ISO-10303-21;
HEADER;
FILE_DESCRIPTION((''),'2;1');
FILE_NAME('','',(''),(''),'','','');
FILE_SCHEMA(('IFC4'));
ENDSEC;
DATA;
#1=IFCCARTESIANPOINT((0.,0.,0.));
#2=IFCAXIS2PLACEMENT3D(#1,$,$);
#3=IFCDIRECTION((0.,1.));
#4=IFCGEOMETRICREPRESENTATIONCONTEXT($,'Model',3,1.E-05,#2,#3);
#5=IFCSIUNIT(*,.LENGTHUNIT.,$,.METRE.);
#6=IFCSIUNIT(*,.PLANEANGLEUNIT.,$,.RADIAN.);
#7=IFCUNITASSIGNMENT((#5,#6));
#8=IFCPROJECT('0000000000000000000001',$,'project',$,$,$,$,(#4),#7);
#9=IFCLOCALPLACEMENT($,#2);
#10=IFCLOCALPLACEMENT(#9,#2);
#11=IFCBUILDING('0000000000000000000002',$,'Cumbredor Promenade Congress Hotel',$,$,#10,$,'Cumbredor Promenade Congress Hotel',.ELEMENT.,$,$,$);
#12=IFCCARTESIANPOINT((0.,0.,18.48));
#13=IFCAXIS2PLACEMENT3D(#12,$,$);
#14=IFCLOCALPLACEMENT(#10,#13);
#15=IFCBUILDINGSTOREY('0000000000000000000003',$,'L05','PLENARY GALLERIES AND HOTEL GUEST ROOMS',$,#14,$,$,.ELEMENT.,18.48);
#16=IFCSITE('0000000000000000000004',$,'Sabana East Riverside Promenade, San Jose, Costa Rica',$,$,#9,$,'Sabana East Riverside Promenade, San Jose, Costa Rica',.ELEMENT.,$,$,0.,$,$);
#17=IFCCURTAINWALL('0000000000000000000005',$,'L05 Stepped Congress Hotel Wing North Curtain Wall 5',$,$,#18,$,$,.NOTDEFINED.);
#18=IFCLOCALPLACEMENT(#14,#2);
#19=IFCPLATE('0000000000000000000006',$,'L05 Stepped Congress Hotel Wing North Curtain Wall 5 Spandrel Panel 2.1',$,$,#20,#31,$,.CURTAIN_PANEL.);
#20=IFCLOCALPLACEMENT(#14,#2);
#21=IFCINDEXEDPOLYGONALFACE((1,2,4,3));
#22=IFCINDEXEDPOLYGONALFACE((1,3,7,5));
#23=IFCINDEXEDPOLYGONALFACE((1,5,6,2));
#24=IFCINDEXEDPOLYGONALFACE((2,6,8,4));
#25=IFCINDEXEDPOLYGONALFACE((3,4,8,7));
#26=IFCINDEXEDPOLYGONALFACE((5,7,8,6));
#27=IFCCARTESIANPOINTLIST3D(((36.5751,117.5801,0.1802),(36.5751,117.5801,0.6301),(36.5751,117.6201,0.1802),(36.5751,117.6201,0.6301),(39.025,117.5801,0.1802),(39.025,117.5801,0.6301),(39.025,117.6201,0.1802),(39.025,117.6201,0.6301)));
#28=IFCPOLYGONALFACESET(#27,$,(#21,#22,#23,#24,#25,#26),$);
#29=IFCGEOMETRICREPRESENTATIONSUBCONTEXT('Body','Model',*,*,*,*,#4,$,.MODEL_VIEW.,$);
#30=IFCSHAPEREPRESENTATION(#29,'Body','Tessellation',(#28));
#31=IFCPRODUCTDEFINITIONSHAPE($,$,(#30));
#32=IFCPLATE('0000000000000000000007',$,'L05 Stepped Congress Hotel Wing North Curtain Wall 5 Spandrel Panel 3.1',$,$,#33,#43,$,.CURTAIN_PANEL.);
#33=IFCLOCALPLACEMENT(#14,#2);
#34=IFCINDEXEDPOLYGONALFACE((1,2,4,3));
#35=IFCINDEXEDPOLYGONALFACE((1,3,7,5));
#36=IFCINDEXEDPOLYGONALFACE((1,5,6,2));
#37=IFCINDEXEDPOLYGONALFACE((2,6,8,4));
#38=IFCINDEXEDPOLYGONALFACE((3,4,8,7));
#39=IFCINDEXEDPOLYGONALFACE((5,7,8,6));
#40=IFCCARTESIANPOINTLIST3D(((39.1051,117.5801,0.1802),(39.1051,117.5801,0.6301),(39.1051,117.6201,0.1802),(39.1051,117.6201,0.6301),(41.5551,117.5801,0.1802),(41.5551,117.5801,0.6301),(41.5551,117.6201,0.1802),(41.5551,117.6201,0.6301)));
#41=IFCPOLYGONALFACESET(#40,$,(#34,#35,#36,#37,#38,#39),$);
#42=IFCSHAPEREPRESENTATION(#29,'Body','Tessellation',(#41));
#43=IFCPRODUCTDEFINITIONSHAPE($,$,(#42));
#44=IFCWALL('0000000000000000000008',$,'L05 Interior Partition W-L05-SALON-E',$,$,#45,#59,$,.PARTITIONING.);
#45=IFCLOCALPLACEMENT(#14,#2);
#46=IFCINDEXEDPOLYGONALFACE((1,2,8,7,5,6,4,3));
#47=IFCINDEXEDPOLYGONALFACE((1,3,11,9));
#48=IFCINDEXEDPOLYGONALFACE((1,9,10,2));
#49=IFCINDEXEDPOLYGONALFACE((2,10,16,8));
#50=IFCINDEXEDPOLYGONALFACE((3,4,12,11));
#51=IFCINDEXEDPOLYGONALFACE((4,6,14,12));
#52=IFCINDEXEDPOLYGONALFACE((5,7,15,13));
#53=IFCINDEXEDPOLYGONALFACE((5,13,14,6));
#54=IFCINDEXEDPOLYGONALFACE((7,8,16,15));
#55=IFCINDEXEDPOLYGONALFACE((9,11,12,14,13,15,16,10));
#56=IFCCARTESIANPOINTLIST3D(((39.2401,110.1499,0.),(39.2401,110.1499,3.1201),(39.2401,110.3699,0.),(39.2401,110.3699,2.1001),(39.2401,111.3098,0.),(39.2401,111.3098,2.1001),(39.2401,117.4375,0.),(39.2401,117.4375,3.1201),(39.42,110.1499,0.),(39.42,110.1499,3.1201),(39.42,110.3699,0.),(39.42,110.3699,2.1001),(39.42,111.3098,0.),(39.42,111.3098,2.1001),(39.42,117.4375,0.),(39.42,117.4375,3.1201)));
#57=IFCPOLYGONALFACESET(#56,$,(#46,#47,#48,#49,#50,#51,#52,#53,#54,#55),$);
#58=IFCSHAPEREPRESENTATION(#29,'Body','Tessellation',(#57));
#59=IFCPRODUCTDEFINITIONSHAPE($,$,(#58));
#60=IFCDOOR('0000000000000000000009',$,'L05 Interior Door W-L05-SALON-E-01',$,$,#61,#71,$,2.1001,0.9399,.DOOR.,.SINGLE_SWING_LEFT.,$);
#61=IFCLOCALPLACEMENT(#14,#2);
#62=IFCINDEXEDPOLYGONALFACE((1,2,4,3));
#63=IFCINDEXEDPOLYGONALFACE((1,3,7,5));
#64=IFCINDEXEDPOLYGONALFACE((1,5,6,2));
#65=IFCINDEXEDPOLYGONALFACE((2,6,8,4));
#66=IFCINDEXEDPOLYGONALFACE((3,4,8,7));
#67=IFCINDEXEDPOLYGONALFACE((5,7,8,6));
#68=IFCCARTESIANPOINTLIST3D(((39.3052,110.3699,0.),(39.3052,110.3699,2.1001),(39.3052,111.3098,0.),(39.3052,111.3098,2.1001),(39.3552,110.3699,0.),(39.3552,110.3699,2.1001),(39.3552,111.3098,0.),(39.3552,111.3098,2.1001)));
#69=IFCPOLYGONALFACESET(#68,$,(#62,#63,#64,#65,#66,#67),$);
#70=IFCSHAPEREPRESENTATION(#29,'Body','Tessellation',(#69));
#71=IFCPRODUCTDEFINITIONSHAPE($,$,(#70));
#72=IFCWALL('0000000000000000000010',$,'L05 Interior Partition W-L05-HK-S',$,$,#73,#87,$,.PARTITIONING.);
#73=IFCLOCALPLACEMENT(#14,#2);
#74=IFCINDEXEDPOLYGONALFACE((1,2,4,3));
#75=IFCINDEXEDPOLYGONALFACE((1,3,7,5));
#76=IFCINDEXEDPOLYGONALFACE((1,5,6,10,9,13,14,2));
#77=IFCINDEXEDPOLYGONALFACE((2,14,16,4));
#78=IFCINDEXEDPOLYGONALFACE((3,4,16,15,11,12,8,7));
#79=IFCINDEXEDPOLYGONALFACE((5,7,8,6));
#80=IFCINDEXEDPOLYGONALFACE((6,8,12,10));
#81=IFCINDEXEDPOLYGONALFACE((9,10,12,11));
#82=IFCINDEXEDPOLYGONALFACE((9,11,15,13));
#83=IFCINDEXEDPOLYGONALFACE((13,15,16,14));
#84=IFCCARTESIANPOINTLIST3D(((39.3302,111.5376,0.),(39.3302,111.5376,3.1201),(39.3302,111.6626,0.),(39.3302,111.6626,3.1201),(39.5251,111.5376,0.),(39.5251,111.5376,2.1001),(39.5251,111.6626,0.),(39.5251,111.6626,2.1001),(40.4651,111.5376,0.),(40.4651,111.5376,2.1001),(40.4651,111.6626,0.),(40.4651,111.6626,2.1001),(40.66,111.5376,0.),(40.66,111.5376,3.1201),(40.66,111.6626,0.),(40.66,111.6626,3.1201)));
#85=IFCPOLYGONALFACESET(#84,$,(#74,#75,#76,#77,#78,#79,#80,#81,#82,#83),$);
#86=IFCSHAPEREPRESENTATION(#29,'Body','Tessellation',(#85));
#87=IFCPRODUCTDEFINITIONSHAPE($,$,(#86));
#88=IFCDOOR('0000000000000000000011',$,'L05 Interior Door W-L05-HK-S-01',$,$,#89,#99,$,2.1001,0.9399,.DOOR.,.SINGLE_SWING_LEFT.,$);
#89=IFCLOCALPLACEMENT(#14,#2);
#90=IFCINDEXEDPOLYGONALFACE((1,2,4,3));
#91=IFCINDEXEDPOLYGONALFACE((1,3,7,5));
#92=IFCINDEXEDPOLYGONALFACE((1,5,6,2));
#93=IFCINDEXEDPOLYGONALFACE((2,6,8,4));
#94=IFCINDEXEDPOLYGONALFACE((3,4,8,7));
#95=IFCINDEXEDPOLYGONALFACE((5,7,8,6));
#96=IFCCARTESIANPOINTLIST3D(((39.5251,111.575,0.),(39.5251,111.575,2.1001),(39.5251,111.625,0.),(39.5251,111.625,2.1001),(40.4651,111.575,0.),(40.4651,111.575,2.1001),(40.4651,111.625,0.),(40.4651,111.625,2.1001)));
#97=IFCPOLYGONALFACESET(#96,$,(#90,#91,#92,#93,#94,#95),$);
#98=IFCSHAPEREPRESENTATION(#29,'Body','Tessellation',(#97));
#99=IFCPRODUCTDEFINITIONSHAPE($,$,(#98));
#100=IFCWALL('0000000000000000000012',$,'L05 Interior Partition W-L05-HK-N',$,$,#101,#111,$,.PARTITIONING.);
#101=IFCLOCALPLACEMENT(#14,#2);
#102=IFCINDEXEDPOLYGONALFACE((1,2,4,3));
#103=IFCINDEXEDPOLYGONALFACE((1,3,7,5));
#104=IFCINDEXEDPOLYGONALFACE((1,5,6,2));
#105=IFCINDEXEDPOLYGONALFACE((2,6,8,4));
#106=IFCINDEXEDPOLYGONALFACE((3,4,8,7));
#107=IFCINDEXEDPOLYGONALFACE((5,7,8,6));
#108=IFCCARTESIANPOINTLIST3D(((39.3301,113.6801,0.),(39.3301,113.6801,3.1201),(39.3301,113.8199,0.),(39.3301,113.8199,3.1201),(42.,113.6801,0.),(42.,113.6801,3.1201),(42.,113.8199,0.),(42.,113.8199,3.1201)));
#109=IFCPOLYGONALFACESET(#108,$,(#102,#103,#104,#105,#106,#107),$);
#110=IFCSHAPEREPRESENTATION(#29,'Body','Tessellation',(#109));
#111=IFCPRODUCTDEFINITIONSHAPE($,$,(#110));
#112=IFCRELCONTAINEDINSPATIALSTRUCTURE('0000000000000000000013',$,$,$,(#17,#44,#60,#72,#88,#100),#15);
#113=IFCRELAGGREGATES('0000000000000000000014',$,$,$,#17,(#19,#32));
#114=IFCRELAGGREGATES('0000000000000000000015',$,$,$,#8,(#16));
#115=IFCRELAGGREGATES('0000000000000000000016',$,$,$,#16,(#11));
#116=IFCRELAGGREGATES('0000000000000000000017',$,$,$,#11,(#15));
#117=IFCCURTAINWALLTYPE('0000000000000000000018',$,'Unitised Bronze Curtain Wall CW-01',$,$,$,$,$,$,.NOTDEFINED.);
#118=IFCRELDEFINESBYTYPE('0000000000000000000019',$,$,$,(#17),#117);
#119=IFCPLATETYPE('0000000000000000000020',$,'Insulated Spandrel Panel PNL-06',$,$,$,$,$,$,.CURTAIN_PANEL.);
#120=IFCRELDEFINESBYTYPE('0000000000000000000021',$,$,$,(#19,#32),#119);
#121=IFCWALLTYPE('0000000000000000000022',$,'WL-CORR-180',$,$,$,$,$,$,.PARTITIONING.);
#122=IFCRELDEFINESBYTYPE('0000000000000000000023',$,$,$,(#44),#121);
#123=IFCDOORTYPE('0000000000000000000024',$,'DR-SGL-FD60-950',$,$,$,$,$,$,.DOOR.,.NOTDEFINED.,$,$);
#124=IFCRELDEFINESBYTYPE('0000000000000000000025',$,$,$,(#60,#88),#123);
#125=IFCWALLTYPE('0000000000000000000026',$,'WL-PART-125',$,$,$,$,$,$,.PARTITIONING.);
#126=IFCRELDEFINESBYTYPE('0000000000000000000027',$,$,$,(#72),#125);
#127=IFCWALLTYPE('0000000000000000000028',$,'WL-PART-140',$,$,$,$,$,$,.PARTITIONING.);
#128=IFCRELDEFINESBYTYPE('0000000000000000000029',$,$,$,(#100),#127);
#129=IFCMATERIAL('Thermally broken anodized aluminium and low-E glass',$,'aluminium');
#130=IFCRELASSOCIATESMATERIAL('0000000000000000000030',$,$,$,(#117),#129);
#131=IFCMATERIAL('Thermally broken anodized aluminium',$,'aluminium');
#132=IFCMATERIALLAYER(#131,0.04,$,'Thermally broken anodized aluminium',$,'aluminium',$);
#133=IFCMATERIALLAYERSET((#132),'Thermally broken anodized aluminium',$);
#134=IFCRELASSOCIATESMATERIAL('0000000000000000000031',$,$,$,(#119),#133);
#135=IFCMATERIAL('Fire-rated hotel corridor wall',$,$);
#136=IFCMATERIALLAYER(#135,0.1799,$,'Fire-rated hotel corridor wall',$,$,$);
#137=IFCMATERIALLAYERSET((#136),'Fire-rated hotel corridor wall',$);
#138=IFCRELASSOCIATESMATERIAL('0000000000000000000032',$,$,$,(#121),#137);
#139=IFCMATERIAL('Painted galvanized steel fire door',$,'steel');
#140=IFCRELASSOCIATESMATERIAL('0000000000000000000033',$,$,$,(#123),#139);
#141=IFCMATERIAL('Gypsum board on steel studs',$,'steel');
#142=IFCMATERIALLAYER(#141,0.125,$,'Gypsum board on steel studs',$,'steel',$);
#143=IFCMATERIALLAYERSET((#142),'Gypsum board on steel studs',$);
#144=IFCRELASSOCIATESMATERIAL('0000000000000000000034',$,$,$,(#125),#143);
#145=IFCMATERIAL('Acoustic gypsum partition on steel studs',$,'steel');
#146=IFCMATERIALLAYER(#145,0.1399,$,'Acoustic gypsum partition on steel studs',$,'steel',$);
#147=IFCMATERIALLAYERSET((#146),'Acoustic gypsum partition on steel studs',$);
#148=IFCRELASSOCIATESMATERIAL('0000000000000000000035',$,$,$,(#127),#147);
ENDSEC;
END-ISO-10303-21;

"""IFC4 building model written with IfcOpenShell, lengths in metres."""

from ifc_helpers import new_model, si_unit, direction, frame, frame_2d, origin, origin_2d, place, context, subcontext, project, spatial, rectangle, extrude, material, layer, layer_set, type_object, element, fill, aggregate, save


model = new_model("IFC4")

# Units and contexts
model_context = context("Model", 3, precision=1e-05, world=origin(), true_north=direction((0.0, 1.0)))
body_context = subcontext(model_context, "Body", "Model", "MODEL_VIEW")
ifc_project = project(units=[si_unit("LENGTHUNIT", "METRE"), si_unit("PLANEANGLEUNIT", "RADIAN")], contexts=[model_context])

# Site, building, storey
site_placement = place(None, origin())
site = spatial("IfcSite", under=ifc_project, at=site_placement, Name="Sabana East Riverside Promenade, San Jose, Costa Rica", LongName="Sabana East Riverside Promenade, San Jose, Costa Rica", CompositionType="ELEMENT", RefElevation=0.0)
building_placement = place(site_placement, origin())
building = spatial("IfcBuilding", under=site, at=building_placement, Name="Cumbredor Promenade Congress Hotel", LongName="Cumbredor Promenade Congress Hotel", CompositionType="ELEMENT")
storey_placement = place(building_placement, frame((0.0, 0.0, 18.48)))
storey = spatial("IfcBuildingStorey", under=building, at=storey_placement, Name="L05", Description="PLENARY GALLERIES AND HOTEL GUEST ROOMS", CompositionType="ELEMENT", Elevation=18.48)

# Curtain wall, plates
ifc_material_1 = material(Name="Thermally broken anodized aluminium and low-E glass", Category="aluminium")
curtain_wall_type = type_object("IfcCurtainWallType", Name="Unitised Bronze Curtain Wall CW-01", PredefinedType="NOTDEFINED", material=ifc_material_1)
curtain_wall_placement = place(storey_placement, origin())
curtain_wall = element("IfcCurtainWall", 1, at=curtain_wall_placement, inside=storey, type_object=curtain_wall_type, Name="L05 Stepped Congress Hotel Wing North Curtain Wall 5", PredefinedType="NOTDEFINED")
ifc_material_2 = material(Name="Thermally broken anodized aluminium", Category="aluminium")
ifc_layer_1 = layer(ifc_material_2, 0.04, Name="Thermally broken anodized aluminium", Category="aluminium")
ifc_layer_set_1 = layer_set([ifc_layer_1], Name="Thermally broken anodized aluminium")
plate_type_1 = type_object("IfcPlateType", Name="Insulated Spandrel Panel PNL-06", PredefinedType="CURTAIN_PANEL", material=ifc_layer_set_1)
plate_1_placement = place(storey_placement, frame((37.8, 117.6001, 0.1802), z_axis=(0.0, 0.0, 1.0), x_axis=(1.0, 0.0, 0.0)))
plate_1 = element("IfcPlate", 2, at=plate_1_placement, type_object=plate_type_1, Name="L05 Stepped Congress Hotel Wing North Curtain Wall 5 Spandrel Panel 2.1", PredefinedType="CURTAIN_PANEL", context=body_context, shape_type="SweptSolid", body=[
    extrude(rectangle(XDim=2.45, YDim=0.04, at=origin_2d()), origin(), (0.0, 0.0, 1.0), 0.45),
])
plate_2_placement = place(storey_placement, frame((40.3301, 117.6001, 0.1802), z_axis=(0.0, 0.0, 1.0), x_axis=(1.0, 0.0, 0.0)))
plate_2 = element("IfcPlate", 3, at=plate_2_placement, type_object=plate_type_1, Name="L05 Stepped Congress Hotel Wing North Curtain Wall 5 Spandrel Panel 3.1", PredefinedType="CURTAIN_PANEL", context=body_context, shape_type="SweptSolid", body=[
    extrude(rectangle(XDim=2.45, YDim=0.04, at=origin_2d()), origin(), (0.0, 0.0, 1.0), 0.45),
])
aggregate(curtain_wall, [plate_1, plate_2])

# Walls, openings, doors
ifc_material_3 = material(Name="Fire-rated hotel corridor wall")
ifc_layer_2 = layer(ifc_material_3, 0.1799, Name="Fire-rated hotel corridor wall")
ifc_layer_set_2 = layer_set([ifc_layer_2], Name="Fire-rated hotel corridor wall")
wall_type_1 = type_object("IfcWallType", Name="WL-CORR-180", PredefinedType="PARTITIONING", material=ifc_layer_set_2)
wall_1_placement = place(storey_placement, frame((39.3301, 110.1499, 0.0), z_axis=(0.0, 0.0, 1.0), x_axis=(0.0, 1.0, 0.0)))
wall_1 = element("IfcWall", 4, at=wall_1_placement, inside=storey, type_object=wall_type_1, Name="L05 Interior Partition W-L05-SALON-E", PredefinedType="PARTITIONING", context=body_context, shape_type="SweptSolid", body=[
    extrude(rectangle(XDim=7.2876, YDim=0.1799, at=frame_2d((3.6438, 0.0))), origin(), (0.0, 0.0, 1.0), 3.1201),
])
opening_1_placement = place(wall_1_placement, frame((0.22, 0.0, 0.0)))
opening_1 = element("IfcOpeningElement", 5, at=opening_1_placement, cuts=wall_1, PredefinedType="OPENING", context=body_context, shape_type="SweptSolid", body=[
    extrude(rectangle(XDim=0.9399, YDim=2.1001, at=frame_2d((0.47, 1.05))), frame((0.0, 0.1001, 0.0), z_axis=(0.0, -1.0, 0.0), x_axis=(1.0, 0.0, 0.0)), (0.0, 0.0, 1.0), 0.2),
])
ifc_material_4 = material(Name="Painted galvanized steel fire door", Category="steel")
door_type = type_object("IfcDoorType", Name="DR-SGL-FD60-950", OperationType="NOTDEFINED", PredefinedType="DOOR", material=ifc_material_4)
door_1_placement = place(opening_1_placement, origin())
door_1 = element("IfcDoor", 6, at=door_1_placement, inside=storey, type_object=door_type, Name="L05 Interior Door W-L05-SALON-E-01", OperationType="SINGLE_SWING_LEFT", OverallHeight=2.1001, OverallWidth=0.9399, PredefinedType="DOOR", context=body_context, shape_type="SweptSolid", body=[
    extrude(rectangle(XDim=0.9399, YDim=2.1001, at=frame_2d((0.47, 1.05))), frame((0.0, 0.0249, 0.0), z_axis=(0.0, -1.0, 0.0), x_axis=(1.0, 0.0, 0.0)), (0.0, 0.0, 1.0), 0.05),
])
fill(opening_1, door_1)
ifc_material_5 = material(Name="Gypsum board on steel studs", Category="steel")
ifc_layer_3 = layer(ifc_material_5, 0.125, Name="Gypsum board on steel studs", Category="steel")
ifc_layer_set_3 = layer_set([ifc_layer_3], Name="Gypsum board on steel studs")
wall_type_2 = type_object("IfcWallType", Name="WL-PART-125", PredefinedType="PARTITIONING", material=ifc_layer_set_3)
wall_2_placement = place(storey_placement, frame((39.3301, 111.6001, 0.0), z_axis=(0.0, 0.0, 1.0), x_axis=(1.0, 0.0, 0.0)))
wall_2 = element("IfcWall", 7, at=wall_2_placement, inside=storey, type_object=wall_type_2, Name="L05 Interior Partition W-L05-HK-S", PredefinedType="PARTITIONING", context=body_context, shape_type="SweptSolid", body=[
    extrude(rectangle(XDim=1.3298, YDim=0.125, at=frame_2d((0.665, 0.0))), origin(), (0.0, 0.0, 1.0), 3.1201),
])
opening_2_placement = place(wall_2_placement, frame((0.1951, 0.0, 0.0)))
opening_2 = element("IfcOpeningElement", 8, at=opening_2_placement, cuts=wall_2, PredefinedType="OPENING", context=body_context, shape_type="SweptSolid", body=[
    extrude(rectangle(XDim=0.9399, YDim=2.1001, at=frame_2d((0.47, 1.05))), frame((0.0, 0.0725, 0.0), z_axis=(0.0, -1.0, 0.0), x_axis=(1.0, 0.0, 0.0)), (0.0, 0.0, 1.0), 0.145),
])
door_2_placement = place(opening_2_placement, origin())
door_2 = element("IfcDoor", 9, at=door_2_placement, inside=storey, type_object=door_type, Name="L05 Interior Door W-L05-HK-S-01", OperationType="SINGLE_SWING_LEFT", OverallHeight=2.1001, OverallWidth=0.9399, PredefinedType="DOOR", context=body_context, shape_type="SweptSolid", body=[
    extrude(rectangle(XDim=0.9399, YDim=2.1001, at=frame_2d((0.47, 1.05))), frame((0.0, 0.0249, 0.0), z_axis=(0.0, -1.0, 0.0), x_axis=(1.0, 0.0, 0.0)), (0.0, 0.0, 1.0), 0.05),
])
fill(opening_2, door_2)

# Wall
ifc_material_6 = material(Name="Acoustic gypsum partition on steel studs", Category="steel")
ifc_layer_4 = layer(ifc_material_6, 0.1399, Name="Acoustic gypsum partition on steel studs", Category="steel")
ifc_layer_set_4 = layer_set([ifc_layer_4], Name="Acoustic gypsum partition on steel studs")
wall_type_3 = type_object("IfcWallType", Name="WL-PART-140", PredefinedType="PARTITIONING", material=ifc_layer_set_4)
wall_3_placement = place(storey_placement, frame((39.3301, 113.75, 0.0), z_axis=(0.0, 0.0, 1.0), x_axis=(1.0, 0.0, 0.0)))
element("IfcWall", 10, at=wall_3_placement, inside=storey, type_object=wall_type_3, Name="L05 Interior Partition W-L05-HK-N", PredefinedType="PARTITIONING", context=body_context, shape_type="SweptSolid", body=[
    extrude(rectangle(XDim=2.6699, YDim=0.1399, at=frame_2d((1.335, 0.0))), origin(), (0.0, 0.0, 1.0), 3.1201),
])

save(model, "model.ifc")
